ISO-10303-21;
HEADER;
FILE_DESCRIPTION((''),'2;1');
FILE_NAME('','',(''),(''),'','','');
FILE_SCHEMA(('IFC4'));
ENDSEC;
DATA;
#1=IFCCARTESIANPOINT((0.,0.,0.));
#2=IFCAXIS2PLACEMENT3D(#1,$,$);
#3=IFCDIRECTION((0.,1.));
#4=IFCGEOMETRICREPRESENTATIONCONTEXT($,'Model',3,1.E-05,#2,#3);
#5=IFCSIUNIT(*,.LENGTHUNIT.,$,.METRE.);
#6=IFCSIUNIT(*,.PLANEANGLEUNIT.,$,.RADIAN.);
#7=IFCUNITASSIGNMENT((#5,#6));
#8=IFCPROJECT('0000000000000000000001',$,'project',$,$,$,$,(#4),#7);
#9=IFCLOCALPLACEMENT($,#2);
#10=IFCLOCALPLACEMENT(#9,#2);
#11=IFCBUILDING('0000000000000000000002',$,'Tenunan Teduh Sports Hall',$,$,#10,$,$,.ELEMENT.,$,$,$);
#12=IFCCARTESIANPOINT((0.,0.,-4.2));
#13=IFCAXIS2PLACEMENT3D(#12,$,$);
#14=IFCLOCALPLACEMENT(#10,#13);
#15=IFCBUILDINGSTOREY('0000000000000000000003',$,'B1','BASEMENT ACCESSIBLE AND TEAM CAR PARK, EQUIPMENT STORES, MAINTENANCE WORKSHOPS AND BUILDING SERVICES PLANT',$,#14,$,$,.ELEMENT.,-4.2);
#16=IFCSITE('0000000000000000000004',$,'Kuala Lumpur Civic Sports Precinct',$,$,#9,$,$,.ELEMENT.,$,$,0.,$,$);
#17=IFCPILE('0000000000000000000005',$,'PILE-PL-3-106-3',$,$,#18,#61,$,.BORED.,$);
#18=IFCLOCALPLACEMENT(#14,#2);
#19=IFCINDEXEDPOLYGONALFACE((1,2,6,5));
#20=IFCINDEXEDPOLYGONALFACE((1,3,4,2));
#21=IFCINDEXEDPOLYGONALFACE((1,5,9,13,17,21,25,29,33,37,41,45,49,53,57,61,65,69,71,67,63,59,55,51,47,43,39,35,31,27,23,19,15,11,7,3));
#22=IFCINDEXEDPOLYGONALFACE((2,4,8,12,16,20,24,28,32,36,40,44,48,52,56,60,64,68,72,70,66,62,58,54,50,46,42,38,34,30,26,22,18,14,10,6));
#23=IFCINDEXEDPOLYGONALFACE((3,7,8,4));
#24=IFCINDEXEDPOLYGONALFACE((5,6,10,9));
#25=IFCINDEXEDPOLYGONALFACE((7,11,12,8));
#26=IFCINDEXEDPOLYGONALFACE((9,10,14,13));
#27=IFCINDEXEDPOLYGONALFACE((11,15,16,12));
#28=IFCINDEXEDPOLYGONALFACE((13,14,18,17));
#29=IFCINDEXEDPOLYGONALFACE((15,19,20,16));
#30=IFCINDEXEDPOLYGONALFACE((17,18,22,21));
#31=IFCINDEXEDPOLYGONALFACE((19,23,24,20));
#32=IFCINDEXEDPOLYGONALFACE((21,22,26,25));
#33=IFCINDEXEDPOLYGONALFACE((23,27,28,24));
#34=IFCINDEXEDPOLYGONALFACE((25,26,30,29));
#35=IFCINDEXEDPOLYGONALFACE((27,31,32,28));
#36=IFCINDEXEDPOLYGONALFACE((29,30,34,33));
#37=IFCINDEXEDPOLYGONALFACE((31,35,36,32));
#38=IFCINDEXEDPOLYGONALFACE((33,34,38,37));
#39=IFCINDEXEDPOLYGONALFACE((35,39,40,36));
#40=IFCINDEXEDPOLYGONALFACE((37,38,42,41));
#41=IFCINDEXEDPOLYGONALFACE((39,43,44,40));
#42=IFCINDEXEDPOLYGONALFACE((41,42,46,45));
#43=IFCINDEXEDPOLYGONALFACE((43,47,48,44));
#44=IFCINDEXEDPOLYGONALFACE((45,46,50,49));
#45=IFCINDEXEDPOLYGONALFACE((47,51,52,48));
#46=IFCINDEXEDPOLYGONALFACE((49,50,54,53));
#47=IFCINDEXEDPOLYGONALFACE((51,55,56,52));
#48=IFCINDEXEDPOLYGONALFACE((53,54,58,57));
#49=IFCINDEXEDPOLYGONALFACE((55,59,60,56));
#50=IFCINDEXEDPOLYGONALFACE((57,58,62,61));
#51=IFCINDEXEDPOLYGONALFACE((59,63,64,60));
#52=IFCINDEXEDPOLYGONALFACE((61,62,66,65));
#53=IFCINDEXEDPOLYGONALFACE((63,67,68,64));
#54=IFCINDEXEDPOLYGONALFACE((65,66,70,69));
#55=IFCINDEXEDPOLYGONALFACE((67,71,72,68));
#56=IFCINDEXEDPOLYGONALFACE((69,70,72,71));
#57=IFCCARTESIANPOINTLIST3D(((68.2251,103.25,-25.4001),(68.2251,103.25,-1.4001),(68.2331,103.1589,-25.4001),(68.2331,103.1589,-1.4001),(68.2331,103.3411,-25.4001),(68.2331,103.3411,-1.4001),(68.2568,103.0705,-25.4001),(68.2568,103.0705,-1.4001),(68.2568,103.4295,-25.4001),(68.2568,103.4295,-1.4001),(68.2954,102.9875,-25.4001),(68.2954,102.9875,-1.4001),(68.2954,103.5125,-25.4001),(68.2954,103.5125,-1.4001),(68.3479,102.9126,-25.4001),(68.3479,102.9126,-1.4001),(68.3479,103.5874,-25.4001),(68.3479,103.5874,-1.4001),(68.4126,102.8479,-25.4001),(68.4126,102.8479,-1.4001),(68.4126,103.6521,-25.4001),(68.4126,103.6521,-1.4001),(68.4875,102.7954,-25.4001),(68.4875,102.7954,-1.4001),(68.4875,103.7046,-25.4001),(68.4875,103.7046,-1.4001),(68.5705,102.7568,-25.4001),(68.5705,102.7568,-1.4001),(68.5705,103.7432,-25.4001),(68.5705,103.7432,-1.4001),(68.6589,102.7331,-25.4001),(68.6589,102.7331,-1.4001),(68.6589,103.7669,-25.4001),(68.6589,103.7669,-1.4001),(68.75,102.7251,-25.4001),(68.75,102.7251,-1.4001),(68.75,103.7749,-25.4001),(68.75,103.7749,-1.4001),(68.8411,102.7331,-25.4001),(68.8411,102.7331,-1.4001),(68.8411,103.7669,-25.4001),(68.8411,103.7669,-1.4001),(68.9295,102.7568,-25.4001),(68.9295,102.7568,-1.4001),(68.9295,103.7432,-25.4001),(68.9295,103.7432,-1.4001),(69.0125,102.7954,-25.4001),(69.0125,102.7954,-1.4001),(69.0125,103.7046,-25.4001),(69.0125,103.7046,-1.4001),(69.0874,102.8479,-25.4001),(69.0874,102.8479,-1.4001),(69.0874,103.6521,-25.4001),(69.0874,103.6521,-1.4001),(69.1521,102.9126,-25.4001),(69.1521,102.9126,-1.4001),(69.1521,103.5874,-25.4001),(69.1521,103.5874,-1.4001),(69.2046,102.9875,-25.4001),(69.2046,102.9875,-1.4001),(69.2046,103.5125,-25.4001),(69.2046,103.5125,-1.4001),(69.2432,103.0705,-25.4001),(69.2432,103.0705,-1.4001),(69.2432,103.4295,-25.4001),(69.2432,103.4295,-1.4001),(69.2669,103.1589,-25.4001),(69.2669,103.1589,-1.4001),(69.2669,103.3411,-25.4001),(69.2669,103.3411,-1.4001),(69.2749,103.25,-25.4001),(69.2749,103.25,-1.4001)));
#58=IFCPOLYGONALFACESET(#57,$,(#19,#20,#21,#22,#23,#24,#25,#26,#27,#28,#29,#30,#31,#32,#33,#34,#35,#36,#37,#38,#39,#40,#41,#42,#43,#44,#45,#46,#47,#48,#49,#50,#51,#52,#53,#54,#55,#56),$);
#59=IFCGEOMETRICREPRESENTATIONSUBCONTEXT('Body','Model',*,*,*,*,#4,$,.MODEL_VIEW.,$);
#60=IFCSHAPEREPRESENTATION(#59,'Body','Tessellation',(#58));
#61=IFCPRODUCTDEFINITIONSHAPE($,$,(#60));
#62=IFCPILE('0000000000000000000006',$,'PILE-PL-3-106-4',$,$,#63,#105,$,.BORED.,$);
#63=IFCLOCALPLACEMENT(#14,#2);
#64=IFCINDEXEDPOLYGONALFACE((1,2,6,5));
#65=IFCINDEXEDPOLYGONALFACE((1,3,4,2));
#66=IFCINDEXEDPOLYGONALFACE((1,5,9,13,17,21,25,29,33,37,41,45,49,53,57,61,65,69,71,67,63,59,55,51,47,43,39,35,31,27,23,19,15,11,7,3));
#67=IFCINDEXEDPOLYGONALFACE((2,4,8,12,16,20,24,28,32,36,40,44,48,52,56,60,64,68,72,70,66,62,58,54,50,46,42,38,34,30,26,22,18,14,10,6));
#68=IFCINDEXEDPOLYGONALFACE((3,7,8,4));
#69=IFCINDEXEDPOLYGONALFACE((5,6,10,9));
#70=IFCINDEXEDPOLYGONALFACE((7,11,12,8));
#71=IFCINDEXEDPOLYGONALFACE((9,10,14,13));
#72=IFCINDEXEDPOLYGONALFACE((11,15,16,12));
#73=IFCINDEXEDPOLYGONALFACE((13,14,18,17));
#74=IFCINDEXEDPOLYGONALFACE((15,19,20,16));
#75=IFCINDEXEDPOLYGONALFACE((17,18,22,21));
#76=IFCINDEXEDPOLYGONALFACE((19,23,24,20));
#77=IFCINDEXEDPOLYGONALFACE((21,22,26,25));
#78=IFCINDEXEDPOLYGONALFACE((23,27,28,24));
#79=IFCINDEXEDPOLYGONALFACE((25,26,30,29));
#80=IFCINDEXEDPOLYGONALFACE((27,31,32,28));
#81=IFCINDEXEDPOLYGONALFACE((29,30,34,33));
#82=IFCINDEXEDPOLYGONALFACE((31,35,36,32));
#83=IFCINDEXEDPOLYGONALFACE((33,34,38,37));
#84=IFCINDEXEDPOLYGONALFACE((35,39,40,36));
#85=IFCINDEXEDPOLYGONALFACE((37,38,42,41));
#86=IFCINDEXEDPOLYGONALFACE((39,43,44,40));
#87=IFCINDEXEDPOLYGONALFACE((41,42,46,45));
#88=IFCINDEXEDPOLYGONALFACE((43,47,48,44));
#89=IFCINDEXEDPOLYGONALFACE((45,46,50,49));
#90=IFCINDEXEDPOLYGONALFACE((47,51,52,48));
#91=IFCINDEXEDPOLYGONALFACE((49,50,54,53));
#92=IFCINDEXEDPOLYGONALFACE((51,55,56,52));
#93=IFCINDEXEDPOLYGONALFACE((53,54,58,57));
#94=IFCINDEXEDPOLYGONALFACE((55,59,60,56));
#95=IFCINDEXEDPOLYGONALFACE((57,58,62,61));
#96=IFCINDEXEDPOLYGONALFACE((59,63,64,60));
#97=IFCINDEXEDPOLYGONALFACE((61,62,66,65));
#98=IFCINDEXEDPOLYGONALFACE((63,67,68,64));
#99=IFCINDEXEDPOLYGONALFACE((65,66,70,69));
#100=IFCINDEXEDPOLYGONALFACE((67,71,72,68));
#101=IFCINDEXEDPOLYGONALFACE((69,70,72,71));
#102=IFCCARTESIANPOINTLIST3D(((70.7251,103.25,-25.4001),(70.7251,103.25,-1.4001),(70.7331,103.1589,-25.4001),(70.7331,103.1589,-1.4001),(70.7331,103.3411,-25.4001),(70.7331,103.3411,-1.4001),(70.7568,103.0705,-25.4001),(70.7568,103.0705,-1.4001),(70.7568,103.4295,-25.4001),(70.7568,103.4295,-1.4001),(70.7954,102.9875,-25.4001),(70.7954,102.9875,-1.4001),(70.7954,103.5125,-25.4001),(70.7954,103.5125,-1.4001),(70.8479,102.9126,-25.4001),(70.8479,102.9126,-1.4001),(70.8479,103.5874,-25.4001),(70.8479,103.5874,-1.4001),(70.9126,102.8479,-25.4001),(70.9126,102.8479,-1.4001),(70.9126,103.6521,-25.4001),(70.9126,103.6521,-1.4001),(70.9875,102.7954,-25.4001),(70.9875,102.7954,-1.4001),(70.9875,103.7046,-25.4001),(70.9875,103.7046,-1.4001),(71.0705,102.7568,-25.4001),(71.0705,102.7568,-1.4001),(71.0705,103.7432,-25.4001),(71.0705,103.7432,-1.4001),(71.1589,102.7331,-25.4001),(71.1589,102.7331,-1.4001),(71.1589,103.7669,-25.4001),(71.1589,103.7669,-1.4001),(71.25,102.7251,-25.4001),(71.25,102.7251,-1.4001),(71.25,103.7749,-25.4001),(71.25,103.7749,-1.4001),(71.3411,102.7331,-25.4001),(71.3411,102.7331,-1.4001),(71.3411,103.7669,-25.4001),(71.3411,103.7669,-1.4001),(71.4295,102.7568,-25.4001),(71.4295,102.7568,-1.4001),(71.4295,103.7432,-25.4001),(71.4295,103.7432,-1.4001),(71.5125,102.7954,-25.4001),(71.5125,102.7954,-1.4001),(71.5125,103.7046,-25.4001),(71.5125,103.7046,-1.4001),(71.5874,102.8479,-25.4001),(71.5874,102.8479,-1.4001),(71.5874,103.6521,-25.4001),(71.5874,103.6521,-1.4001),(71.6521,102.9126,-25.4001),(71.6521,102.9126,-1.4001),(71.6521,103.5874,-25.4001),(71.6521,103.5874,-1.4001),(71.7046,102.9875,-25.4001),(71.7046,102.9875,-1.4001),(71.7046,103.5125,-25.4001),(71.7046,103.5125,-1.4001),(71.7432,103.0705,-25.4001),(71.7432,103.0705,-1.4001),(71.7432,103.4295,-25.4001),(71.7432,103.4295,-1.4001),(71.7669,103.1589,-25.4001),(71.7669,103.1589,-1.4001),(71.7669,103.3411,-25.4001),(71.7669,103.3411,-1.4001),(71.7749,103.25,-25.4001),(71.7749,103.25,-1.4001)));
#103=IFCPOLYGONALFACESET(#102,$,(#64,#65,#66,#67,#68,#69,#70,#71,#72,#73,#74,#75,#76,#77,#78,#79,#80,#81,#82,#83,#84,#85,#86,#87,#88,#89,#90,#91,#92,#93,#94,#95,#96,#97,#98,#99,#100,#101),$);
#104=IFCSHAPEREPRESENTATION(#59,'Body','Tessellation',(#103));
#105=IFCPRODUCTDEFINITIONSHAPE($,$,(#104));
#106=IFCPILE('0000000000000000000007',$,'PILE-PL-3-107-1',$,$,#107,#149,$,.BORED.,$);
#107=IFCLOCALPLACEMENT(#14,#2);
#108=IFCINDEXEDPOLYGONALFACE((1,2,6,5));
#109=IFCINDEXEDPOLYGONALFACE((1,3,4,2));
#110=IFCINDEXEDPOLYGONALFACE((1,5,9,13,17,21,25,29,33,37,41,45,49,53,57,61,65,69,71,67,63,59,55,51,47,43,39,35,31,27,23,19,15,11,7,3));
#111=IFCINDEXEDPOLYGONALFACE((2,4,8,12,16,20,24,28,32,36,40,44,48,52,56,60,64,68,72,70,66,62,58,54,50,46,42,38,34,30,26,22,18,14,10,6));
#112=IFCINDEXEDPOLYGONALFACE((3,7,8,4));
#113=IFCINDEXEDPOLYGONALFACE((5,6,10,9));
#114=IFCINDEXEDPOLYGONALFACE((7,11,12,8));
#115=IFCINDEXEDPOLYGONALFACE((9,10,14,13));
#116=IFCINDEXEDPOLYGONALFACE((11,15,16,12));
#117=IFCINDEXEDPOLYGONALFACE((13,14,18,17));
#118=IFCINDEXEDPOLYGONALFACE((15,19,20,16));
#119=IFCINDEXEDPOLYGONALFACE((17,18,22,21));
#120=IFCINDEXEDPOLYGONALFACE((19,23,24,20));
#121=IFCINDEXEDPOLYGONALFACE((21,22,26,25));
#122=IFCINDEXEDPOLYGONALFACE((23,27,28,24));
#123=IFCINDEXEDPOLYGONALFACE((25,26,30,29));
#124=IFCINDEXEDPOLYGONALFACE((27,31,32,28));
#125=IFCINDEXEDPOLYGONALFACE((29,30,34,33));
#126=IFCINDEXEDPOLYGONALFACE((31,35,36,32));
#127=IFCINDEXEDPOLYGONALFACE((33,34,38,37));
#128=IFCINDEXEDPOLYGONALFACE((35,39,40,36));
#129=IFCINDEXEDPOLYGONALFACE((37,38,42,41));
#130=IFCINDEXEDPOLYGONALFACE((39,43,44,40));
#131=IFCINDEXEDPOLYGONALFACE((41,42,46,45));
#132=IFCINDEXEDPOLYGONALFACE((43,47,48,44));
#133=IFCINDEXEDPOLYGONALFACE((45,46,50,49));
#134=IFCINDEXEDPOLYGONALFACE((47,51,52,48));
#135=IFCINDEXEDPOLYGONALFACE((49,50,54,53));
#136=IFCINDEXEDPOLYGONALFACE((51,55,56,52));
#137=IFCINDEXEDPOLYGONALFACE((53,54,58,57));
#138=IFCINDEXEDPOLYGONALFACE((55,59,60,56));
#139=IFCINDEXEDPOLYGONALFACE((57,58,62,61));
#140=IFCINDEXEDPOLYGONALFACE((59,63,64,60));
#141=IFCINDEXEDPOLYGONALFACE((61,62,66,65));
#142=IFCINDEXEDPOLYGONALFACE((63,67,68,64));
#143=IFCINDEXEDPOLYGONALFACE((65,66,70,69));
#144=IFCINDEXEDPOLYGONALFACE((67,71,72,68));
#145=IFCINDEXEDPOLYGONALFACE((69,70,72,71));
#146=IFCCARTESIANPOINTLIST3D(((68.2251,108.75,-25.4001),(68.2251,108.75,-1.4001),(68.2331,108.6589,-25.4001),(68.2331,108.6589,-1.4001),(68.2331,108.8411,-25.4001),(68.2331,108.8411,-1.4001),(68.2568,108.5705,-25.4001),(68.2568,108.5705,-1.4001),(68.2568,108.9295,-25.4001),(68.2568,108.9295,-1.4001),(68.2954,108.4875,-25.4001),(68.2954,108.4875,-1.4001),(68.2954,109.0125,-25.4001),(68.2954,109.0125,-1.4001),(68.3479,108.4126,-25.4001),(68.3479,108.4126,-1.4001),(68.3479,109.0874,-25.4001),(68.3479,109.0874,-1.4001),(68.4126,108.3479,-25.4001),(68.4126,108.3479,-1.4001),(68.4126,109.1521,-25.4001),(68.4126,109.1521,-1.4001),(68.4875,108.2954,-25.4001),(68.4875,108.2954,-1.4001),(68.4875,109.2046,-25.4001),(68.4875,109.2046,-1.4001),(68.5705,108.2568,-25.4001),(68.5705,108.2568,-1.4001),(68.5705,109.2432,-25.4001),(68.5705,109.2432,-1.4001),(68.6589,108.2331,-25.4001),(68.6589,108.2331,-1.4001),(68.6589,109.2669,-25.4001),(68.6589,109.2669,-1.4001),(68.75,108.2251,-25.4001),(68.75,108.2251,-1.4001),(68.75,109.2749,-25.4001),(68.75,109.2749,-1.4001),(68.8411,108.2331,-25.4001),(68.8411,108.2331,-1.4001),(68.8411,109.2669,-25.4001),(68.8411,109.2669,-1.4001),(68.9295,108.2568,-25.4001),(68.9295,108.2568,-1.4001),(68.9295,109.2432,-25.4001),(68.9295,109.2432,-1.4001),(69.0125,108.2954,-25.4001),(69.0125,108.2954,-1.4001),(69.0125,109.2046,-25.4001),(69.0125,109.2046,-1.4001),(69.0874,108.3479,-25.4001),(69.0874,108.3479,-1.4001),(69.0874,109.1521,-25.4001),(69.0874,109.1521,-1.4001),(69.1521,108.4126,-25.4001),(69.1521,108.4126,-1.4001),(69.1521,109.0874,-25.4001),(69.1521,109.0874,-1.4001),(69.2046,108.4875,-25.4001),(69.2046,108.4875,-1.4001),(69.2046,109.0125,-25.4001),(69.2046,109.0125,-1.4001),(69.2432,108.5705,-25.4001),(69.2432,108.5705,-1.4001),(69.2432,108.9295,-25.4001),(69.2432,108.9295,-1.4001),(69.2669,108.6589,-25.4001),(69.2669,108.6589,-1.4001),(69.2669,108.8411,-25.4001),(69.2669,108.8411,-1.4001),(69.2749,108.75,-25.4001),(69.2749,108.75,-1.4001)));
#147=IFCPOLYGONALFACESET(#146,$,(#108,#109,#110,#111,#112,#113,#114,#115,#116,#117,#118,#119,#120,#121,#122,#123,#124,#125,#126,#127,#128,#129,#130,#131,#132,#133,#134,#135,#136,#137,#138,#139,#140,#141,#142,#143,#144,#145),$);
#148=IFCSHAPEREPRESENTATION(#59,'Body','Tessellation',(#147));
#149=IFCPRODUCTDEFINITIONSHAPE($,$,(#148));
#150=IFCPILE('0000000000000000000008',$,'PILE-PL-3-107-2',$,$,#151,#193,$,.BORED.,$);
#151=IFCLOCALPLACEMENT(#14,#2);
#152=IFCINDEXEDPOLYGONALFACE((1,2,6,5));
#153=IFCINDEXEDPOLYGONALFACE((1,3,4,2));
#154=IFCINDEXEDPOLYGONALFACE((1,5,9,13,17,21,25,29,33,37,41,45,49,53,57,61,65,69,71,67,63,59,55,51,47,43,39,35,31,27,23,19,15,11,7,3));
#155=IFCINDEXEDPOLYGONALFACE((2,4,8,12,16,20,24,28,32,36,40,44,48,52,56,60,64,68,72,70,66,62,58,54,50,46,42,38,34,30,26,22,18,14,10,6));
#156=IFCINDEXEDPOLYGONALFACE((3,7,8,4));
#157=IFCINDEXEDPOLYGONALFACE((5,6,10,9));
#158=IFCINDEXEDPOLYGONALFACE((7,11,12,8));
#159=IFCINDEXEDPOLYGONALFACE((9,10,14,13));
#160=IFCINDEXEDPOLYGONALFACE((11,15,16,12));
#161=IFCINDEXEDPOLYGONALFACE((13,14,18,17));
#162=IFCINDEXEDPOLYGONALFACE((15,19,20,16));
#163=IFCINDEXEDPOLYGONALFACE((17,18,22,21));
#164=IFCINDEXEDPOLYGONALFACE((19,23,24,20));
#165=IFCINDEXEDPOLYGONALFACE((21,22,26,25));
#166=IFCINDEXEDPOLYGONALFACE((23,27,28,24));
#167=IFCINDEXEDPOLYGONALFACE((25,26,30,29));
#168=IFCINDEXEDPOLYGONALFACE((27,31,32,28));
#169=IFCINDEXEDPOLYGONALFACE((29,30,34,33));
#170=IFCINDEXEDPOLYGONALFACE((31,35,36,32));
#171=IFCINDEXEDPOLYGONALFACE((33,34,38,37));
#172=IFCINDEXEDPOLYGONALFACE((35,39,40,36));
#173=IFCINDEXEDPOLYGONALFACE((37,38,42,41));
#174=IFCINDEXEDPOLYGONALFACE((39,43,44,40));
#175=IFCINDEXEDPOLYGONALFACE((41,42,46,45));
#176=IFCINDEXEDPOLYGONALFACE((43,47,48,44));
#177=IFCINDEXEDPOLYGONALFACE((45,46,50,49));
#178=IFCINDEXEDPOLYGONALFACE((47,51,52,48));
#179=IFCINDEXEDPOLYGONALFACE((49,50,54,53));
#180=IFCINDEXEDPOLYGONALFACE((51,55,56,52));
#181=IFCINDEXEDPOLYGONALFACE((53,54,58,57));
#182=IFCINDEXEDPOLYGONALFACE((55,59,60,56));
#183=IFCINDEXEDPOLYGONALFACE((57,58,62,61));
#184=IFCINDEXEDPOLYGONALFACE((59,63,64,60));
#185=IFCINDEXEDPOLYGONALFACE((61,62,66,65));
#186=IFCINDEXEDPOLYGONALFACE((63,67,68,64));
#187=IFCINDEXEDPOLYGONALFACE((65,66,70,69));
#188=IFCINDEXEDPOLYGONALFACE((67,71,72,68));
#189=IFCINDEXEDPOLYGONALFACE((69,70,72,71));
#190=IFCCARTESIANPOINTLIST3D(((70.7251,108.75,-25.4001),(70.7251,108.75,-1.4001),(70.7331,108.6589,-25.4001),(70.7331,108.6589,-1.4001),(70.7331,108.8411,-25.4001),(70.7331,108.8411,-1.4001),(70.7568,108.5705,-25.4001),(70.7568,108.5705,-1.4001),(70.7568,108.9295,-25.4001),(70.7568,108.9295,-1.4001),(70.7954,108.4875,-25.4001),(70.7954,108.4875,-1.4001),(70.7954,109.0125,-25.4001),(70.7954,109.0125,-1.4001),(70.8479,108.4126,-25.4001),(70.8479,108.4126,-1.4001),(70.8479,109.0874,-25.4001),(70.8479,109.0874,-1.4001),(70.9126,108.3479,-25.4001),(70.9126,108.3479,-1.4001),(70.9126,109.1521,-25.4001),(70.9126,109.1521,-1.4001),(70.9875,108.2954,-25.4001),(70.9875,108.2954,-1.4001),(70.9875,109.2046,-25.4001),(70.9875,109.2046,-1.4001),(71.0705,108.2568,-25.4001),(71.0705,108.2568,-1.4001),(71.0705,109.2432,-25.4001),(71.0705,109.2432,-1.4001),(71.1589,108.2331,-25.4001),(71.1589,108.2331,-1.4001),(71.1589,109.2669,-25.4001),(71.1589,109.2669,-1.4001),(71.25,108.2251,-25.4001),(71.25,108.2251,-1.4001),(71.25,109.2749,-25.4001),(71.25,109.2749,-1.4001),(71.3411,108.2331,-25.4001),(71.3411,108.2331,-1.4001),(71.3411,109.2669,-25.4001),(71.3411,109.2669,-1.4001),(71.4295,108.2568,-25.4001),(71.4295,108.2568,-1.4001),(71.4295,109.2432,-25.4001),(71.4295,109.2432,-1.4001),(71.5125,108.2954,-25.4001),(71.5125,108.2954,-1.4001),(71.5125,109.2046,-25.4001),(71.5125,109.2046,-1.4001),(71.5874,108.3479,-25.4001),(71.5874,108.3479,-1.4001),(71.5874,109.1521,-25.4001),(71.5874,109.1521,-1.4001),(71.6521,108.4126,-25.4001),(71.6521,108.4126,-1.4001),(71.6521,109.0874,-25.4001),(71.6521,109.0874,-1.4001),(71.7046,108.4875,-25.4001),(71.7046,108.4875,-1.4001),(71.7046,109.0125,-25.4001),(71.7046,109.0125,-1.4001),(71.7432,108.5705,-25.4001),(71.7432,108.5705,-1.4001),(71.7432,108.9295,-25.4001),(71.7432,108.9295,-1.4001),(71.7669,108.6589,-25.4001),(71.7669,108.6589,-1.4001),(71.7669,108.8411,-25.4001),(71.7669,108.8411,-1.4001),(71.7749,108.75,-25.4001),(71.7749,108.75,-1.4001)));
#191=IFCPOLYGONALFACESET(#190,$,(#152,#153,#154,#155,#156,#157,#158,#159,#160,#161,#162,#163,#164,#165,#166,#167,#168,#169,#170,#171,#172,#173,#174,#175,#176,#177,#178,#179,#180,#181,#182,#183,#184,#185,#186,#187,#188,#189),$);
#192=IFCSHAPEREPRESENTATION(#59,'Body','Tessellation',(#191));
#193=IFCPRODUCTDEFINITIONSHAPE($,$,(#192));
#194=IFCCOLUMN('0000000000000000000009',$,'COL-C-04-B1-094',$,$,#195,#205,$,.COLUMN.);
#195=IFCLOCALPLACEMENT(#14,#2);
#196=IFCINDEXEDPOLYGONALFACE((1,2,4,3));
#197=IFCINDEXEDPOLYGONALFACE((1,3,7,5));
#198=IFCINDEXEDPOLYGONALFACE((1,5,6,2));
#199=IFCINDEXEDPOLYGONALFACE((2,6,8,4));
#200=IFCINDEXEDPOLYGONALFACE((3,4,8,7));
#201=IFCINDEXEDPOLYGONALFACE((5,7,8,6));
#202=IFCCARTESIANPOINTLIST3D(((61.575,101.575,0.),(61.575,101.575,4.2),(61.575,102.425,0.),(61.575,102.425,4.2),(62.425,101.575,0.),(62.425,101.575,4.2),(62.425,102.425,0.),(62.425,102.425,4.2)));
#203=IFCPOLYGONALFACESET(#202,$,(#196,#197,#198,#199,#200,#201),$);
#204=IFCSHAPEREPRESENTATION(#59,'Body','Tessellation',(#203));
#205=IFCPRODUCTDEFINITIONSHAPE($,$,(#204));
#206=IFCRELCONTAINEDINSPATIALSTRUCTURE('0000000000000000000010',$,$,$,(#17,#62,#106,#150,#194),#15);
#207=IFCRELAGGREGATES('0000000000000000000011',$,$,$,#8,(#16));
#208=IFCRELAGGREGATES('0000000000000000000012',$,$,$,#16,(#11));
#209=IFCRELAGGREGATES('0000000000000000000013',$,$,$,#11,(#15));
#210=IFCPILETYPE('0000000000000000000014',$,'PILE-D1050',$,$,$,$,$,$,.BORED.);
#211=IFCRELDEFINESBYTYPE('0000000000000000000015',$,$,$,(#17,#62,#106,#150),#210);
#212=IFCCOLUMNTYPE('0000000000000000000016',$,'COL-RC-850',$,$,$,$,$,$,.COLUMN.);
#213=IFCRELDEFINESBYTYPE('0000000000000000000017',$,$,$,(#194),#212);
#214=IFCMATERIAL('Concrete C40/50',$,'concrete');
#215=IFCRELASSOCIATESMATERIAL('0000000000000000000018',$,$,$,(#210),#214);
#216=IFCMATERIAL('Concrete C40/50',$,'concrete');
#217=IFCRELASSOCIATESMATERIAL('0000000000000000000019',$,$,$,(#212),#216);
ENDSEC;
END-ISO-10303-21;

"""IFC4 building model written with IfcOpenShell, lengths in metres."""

from ifc_helpers import new_model, si_unit, direction, frame, origin, origin_2d, place, context, subcontext, project, spatial, rectangle, circle, extrude, material, material_profile, profile_set, type_object, element, save


model = new_model("IFC4")

# Units and contexts
model_context = context("Model", 3, precision=1e-05, world=origin(), true_north=direction((0.0, 1.0)))
body_context = subcontext(model_context, "Body", "Model", "MODEL_VIEW")
ifc_project = project(units=[si_unit("LENGTHUNIT", "METRE"), si_unit("PLANEANGLEUNIT", "RADIAN")], contexts=[model_context])

# Site, building, storey
site_placement = place(None, origin())
site = spatial("IfcSite", under=ifc_project, at=site_placement, Name="Kuala Lumpur Civic Sports Precinct", CompositionType="ELEMENT", RefElevation=0.0)
building_placement = place(site_placement, origin())
building = spatial("IfcBuilding", under=site, at=building_placement, Name="Tenunan Teduh Sports Hall", CompositionType="ELEMENT")
storey_placement = place(building_placement, frame((0.0, 0.0, -4.2)))
storey = spatial("IfcBuildingStorey", under=building, at=storey_placement, Name="B1", Description="BASEMENT ACCESSIBLE AND TEAM CAR PARK, EQUIPMENT STORES, MAINTENANCE WORKSHOPS AND BUILDING SERVICES PLANT", CompositionType="ELEMENT", Elevation=-4.2)

# Piles
ifc_material_1 = material(Name="Concrete C40/50", Category="concrete")
ifc_material_profile_1 = material_profile(ifc_material_1, circle(Radius=0.5249, at=origin_2d()), Name="PILE D1050")
ifc_profile_set_1 = profile_set([ifc_material_profile_1], Name="Concrete C40/50")
pile_type = type_object("IfcPileType", Name="PILE-D1050", PredefinedType="BORED", material=ifc_profile_set_1)
for number, where, z_axis, x_axis, name in (
    (1, (68.75, 103.25, -1.4001), (0.0, 0.0, -1.0), (1.0, 0.0, 0.0), "PILE-PL-3-106-3"),
    (2, (71.25, 103.25, -1.4001), (0.0, 0.0, -1.0), (1.0, 0.0, 0.0), "PILE-PL-3-106-4"),
    (3, (68.75, 108.75, -1.4001), (0.0, 0.0, -1.0), (1.0, 0.0, 0.0), "PILE-PL-3-107-1"),
    (4, (71.25, 108.75, -1.4001), (0.0, 0.0, -1.0), (1.0, 0.0, 0.0), "PILE-PL-3-107-2"),
):
    element("IfcPile", number, at=place(storey_placement, frame(where, z_axis=z_axis, x_axis=x_axis)), inside=storey, type_object=pile_type, Name=name, PredefinedType="BORED", context=body_context, shape_type="SweptSolid", body=[
        extrude(circle(Radius=0.5249, at=origin_2d()), origin(), (0.0, 0.0, 1.0), 24.0),
    ])

# Column
ifc_material_2 = material(Name="Concrete C40/50", Category="concrete")
ifc_material_profile_2 = material_profile(ifc_material_2, rectangle(XDim=0.8501, YDim=0.8501, at=origin_2d()), Name="RC 850x850")
ifc_profile_set_2 = profile_set([ifc_material_profile_2], Name="Concrete C40/50")
column_type = type_object("IfcColumnType", Name="COL-RC-850", PredefinedType="COLUMN", material=ifc_profile_set_2)
for number, where, z_axis, x_axis, name in (
    (5, (62.0, 102.0, 0.0), (0.0, 0.0, 1.0), (1.0, 0.0, 0.0), "COL-C-04-B1-094"),
):
    element("IfcColumn", number, at=place(storey_placement, frame(where, z_axis=z_axis, x_axis=x_axis)), inside=storey, type_object=column_type, Name=name, PredefinedType="COLUMN", context=body_context, shape_type="SweptSolid", body=[
        extrude(rectangle(XDim=0.8501, YDim=0.8501, at=origin_2d()), origin(), (0.0, 0.0, 1.0), 4.2),
    ])

save(model, "model.ifc")
